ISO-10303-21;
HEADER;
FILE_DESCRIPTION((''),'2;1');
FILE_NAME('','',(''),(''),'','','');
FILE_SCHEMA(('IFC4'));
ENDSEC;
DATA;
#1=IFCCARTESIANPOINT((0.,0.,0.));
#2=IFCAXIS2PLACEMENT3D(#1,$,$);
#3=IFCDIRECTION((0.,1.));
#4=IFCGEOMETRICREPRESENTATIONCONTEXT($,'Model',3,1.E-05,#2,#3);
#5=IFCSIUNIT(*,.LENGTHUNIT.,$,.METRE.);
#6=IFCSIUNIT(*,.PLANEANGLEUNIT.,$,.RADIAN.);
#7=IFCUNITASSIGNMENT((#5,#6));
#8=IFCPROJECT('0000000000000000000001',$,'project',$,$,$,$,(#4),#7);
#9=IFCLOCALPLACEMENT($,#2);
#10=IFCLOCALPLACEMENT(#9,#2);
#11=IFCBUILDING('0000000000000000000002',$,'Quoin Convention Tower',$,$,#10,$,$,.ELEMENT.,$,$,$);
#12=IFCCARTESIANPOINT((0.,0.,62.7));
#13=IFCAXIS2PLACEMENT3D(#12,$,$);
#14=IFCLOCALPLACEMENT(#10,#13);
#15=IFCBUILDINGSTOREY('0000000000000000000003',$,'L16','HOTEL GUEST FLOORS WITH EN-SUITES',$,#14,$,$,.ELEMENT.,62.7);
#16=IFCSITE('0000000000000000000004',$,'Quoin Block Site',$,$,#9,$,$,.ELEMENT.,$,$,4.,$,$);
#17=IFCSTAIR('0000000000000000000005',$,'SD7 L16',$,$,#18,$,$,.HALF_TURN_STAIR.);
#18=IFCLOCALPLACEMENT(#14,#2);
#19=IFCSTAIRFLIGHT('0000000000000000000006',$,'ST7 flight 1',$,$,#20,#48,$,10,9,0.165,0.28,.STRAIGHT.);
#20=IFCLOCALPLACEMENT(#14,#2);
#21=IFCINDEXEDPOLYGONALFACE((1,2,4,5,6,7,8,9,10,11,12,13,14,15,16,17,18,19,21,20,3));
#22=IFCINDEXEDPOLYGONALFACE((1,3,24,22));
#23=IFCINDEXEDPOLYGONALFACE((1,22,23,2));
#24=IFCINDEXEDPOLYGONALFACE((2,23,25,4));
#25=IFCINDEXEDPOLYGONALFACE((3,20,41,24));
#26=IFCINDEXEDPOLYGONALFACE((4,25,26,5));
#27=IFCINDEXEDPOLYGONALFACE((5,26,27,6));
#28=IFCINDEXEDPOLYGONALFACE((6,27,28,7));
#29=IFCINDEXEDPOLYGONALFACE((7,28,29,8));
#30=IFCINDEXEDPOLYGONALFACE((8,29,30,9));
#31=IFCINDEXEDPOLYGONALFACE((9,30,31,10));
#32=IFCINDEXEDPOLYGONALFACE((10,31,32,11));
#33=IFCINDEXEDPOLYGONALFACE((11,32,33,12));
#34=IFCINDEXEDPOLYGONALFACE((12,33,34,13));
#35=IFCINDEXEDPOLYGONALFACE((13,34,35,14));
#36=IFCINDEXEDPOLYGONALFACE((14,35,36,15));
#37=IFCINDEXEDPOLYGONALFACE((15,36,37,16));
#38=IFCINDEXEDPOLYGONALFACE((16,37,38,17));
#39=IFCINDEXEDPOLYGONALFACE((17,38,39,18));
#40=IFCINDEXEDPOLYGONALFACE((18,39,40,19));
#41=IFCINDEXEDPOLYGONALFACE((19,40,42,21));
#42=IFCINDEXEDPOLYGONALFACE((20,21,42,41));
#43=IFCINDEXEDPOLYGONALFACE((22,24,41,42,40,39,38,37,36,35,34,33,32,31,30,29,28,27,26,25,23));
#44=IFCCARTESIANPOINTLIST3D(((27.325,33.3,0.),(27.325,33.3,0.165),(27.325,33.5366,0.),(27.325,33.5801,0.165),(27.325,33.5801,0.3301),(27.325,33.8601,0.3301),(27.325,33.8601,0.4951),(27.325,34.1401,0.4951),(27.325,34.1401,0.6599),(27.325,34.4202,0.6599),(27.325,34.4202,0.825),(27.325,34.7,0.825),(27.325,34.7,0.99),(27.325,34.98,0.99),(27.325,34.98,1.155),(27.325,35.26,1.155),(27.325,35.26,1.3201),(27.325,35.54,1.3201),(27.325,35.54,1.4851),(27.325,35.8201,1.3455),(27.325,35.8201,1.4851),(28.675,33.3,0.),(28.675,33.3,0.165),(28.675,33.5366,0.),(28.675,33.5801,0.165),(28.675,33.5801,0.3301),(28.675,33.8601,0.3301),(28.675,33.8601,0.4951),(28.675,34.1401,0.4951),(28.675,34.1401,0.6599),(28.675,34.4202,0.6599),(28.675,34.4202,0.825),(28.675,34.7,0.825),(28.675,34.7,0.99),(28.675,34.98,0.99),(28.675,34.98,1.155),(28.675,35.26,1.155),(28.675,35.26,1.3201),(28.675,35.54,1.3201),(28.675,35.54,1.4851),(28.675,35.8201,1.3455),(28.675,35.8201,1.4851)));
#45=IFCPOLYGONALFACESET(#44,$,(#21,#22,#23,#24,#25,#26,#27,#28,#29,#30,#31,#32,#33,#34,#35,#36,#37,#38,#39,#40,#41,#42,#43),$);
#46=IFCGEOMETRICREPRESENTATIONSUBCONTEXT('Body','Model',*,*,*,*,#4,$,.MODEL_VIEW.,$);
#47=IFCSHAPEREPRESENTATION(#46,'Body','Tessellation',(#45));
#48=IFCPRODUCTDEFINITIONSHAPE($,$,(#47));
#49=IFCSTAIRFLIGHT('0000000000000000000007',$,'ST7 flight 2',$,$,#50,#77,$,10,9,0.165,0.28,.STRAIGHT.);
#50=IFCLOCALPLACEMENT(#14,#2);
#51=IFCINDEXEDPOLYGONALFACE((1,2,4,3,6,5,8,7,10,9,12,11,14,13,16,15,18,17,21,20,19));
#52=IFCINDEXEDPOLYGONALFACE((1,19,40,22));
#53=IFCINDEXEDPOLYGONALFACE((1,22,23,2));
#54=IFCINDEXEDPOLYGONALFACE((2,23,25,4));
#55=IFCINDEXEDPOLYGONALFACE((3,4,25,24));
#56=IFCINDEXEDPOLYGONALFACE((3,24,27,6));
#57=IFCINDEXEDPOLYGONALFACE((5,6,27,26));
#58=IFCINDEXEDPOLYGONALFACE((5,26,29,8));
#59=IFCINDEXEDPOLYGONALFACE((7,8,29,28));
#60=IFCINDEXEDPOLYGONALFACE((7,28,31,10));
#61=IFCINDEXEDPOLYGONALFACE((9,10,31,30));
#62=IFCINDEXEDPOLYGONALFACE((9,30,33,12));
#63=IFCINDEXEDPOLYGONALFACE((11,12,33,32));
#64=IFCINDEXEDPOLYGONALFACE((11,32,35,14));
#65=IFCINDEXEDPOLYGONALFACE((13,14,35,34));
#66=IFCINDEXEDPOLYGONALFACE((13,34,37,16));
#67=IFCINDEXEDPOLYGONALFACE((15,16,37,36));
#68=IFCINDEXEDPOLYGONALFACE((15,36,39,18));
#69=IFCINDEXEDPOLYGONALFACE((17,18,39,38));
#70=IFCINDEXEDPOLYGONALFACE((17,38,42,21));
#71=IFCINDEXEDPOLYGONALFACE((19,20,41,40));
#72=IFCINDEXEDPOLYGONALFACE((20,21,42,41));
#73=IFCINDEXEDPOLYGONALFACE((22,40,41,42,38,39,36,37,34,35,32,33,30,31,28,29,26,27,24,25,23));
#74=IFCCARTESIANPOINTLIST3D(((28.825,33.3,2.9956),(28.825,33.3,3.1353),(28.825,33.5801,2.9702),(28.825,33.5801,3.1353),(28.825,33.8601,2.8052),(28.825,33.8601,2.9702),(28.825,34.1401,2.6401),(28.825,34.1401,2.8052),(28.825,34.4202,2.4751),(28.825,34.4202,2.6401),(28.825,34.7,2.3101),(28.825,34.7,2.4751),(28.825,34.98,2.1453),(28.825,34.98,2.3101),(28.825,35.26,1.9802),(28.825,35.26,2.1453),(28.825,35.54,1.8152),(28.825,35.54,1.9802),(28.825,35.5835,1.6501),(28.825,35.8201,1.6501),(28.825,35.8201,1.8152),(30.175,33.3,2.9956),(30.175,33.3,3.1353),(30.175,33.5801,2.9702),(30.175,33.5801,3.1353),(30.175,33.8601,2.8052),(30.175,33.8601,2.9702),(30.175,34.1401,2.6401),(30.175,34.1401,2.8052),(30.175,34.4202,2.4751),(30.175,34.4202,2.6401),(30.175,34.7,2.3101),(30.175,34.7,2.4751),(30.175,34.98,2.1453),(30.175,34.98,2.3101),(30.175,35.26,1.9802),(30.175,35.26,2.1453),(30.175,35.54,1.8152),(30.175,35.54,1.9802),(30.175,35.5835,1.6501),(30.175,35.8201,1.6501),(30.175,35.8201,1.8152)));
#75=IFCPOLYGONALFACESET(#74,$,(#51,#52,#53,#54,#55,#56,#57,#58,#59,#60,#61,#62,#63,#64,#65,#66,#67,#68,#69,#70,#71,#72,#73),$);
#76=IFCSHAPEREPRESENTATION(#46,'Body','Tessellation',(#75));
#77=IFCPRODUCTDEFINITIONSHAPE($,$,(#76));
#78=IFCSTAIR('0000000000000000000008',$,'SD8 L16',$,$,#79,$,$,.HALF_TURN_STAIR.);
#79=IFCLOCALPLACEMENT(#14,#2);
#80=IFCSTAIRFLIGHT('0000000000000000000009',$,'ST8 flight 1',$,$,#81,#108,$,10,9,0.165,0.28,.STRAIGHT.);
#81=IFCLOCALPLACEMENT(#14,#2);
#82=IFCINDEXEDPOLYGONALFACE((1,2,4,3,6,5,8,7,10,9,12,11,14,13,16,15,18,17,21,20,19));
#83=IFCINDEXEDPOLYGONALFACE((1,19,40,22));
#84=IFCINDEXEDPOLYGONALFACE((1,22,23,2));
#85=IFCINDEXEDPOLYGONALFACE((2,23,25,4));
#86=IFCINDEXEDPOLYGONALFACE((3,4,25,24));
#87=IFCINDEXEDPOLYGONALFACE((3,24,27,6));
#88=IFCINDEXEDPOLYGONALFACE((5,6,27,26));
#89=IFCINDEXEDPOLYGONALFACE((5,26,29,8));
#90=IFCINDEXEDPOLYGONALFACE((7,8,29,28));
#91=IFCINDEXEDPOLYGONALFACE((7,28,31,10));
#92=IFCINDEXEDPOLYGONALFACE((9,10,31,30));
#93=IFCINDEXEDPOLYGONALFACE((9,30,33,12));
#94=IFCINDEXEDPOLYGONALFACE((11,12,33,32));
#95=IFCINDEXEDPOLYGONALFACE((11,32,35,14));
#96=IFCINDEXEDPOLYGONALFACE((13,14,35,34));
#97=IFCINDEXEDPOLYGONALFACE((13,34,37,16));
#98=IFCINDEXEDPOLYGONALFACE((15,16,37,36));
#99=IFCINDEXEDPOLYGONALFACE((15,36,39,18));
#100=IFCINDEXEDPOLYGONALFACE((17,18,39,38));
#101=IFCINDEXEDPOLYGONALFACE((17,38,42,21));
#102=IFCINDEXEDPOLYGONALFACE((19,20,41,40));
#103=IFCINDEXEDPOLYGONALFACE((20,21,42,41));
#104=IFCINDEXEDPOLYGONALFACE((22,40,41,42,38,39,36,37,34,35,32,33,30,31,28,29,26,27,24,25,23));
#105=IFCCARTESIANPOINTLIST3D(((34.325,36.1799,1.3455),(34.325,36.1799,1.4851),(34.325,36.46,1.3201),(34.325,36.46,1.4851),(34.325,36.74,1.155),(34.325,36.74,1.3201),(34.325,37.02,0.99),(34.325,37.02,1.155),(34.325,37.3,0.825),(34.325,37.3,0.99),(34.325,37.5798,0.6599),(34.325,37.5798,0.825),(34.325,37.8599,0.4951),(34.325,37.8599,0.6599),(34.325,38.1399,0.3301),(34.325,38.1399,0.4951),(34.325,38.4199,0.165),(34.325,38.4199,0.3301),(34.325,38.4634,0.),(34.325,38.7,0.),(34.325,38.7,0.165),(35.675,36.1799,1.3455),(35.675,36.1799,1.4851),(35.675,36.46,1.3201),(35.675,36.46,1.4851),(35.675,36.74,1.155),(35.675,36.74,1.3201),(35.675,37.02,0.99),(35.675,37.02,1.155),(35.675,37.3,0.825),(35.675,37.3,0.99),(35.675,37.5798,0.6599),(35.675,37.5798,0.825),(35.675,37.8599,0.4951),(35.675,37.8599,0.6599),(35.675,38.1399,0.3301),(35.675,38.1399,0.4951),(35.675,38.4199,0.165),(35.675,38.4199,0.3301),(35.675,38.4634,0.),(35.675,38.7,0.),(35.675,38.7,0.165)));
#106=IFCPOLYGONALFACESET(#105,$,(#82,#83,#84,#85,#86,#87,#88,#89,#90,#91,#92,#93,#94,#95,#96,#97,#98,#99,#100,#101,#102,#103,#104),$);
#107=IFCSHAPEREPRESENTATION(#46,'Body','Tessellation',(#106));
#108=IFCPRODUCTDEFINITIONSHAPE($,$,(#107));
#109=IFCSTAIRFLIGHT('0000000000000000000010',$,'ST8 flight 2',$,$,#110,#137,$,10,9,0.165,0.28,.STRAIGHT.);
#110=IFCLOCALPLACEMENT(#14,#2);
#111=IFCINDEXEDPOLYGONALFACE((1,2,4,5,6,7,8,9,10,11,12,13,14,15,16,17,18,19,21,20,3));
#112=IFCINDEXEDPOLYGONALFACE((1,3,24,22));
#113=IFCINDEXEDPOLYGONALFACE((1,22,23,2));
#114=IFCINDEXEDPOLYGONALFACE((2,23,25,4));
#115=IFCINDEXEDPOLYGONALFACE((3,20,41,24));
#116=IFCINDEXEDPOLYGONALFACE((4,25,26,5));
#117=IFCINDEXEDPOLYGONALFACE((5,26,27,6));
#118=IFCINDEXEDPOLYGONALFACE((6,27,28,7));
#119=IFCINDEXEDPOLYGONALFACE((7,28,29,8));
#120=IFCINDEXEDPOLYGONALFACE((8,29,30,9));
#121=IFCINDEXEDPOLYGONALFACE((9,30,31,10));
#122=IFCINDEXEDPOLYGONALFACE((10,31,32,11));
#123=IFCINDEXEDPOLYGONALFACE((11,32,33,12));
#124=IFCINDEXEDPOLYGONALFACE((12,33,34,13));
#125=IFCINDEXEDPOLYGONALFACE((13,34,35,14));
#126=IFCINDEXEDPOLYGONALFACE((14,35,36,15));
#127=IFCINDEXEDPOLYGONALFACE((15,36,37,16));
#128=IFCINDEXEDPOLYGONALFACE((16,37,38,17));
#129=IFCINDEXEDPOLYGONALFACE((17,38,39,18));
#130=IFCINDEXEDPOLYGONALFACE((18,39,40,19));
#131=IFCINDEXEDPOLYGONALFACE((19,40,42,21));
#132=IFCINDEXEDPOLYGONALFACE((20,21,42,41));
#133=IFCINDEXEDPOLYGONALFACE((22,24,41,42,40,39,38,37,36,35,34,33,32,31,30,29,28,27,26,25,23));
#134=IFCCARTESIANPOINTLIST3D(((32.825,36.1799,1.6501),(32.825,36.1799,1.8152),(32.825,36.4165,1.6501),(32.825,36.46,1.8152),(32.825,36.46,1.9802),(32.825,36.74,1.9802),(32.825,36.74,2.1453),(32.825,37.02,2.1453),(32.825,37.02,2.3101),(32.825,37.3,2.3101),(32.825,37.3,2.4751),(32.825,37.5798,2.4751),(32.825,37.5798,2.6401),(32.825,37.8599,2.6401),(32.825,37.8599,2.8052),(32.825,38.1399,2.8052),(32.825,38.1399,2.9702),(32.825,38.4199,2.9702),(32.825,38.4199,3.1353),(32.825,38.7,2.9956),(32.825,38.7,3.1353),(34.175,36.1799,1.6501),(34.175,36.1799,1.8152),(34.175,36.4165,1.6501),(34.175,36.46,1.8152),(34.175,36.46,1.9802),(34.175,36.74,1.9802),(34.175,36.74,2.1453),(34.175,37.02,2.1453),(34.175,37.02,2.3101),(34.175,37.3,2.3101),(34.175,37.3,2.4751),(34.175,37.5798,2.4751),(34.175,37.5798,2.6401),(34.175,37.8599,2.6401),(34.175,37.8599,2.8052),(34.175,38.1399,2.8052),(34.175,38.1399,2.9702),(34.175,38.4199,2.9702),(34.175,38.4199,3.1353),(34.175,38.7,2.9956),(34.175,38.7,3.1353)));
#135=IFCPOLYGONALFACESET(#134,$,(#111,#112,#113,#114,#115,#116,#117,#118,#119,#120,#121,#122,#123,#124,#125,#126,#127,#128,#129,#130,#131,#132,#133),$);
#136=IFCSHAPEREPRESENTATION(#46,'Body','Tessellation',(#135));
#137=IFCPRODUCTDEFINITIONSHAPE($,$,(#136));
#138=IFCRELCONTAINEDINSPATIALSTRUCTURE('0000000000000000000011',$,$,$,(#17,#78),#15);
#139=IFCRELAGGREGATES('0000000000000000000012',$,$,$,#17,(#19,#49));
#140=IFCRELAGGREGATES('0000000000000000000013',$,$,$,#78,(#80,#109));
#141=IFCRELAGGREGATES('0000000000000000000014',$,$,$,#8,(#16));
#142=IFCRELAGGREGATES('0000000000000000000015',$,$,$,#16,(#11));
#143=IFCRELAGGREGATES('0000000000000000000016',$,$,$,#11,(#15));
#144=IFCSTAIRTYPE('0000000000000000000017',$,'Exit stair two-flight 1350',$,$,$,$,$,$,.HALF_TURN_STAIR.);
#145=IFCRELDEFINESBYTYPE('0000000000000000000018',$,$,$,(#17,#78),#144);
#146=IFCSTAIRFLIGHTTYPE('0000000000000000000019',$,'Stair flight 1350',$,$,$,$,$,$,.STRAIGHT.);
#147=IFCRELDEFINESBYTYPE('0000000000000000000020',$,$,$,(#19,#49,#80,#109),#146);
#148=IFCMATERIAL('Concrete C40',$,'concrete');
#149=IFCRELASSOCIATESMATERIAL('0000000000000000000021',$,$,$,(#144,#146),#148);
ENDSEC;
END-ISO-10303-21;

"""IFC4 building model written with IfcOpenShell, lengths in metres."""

from ifc_helpers import new_model, si_unit, direction, frame, origin, place, context, subcontext, project, spatial, polyline, outline, extrude, material, type_object, element, aggregate, save


model = new_model("IFC4")

# Units and contexts
model_context = context("Model", 3, precision=1e-05, world=origin(), true_north=direction((0.0, 1.0)))
body_context = subcontext(model_context, "Body", "Model", "MODEL_VIEW")
ifc_project = project(units=[si_unit("LENGTHUNIT", "METRE"), si_unit("PLANEANGLEUNIT", "RADIAN")], contexts=[model_context])

# Site, building, storey
site_placement = place(None, origin())
site = spatial("IfcSite", under=ifc_project, at=site_placement, Name="Quoin Block Site", CompositionType="ELEMENT", RefElevation=4.0)
building_placement = place(site_placement, origin())
building = spatial("IfcBuilding", under=site, at=building_placement, Name="Quoin Convention Tower", CompositionType="ELEMENT")
storey_placement = place(building_placement, frame((0.0, 0.0, 62.7)))
storey = spatial("IfcBuildingStorey", under=building, at=storey_placement, Name="L16", Description="HOTEL GUEST FLOORS WITH EN-SUITES", CompositionType="ELEMENT", Elevation=62.7)

# Shared definitions
ifc_material_1 = material(Name="Concrete C40", Category="concrete")
stair_type = type_object("IfcStairType", Name="Exit stair two-flight 1350", PredefinedType="HALF_TURN_STAIR", material=ifc_material_1)
stair_flight_type = type_object("IfcStairFlightType", Name="Stair flight 1350", PredefinedType="STRAIGHT", material=ifc_material_1)

# Stairs, stair flights
stair_1_placement = place(storey_placement, origin())
stair_1 = element("IfcStair", 1, at=stair_1_placement, inside=storey, type_object=stair_type, Name="SD7 L16", PredefinedType="HALF_TURN_STAIR")
stair_flight_1_placement = place(storey_placement, frame((28.0, 33.3, 0.0), z_axis=(0.0, 0.0, 1.0), x_axis=(0.0, 1.0, 0.0)))
stair_flight_1 = element("IfcStairFlight", 2, at=stair_flight_1_placement, type_object=stair_flight_type, Name="ST7 flight 1", NumberOfRisers=10, NumberOfTreads=9, PredefinedType="STRAIGHT", RiserHeight=0.165, TreadLength=0.28, context=body_context, shape_type="SweptSolid", body=[
    extrude(outline(polyline([(0.0, 0.0), (0.0, 0.165), (0.28, 0.165), (0.28, 0.3301), (0.5601, 0.3301), (0.5601, 0.4951), (0.8401, 0.4951), (0.8401, 0.6599), (1.1201, 0.6599), (1.1201, 0.825), (1.3999, 0.825), (1.3999, 0.99), (1.6799, 0.99), (1.6799, 1.155), (1.96, 1.155), (1.96, 1.3201), (2.24, 1.3201), (2.24, 1.4851), (2.52, 1.4851), (2.52, 1.6499), (2.52, 1.3455), (0.2366, 0.0), (0.0, 0.0)])), frame((0.0, 0.675, 0.0), z_axis=(0.0, -1.0, 0.0), x_axis=(1.0, 0.0, 0.0)), (0.0, 0.0, 1.0), 1.3501),
])
stair_flight_2_placement = place(storey_placement, frame((29.5, 35.8201, 1.6501), z_axis=(0.0, 0.0, 1.0), x_axis=(0.0, -1.0, 0.0)))
stair_flight_2 = element("IfcStairFlight", 3, at=stair_flight_2_placement, type_object=stair_flight_type, Name="ST7 flight 2", NumberOfRisers=10, NumberOfTreads=9, PredefinedType="STRAIGHT", RiserHeight=0.165, TreadLength=0.28, context=body_context, shape_type="SweptSolid", body=[
    extrude(outline(polyline([(0.0, 0.0), (0.0, 0.165), (0.28, 0.165), (0.28, 0.3301), (0.5601, 0.3301), (0.5601, 0.4951), (0.8401, 0.4951), (0.8401, 0.6599), (1.1201, 0.6599), (1.1201, 0.825), (1.3999, 0.825), (1.3999, 0.99), (1.6799, 0.99), (1.6799, 1.155), (1.96, 1.155), (1.96, 1.3201), (2.24, 1.3201), (2.24, 1.4851), (2.52, 1.4851), (2.52, 1.6499), (2.52, 1.3455), (0.2366, 0.0), (0.0, 0.0)])), frame((0.0, 0.675, 0.0), z_axis=(0.0, -1.0, 0.0), x_axis=(1.0, 0.0, 0.0)), (0.0, 0.0, 1.0), 1.3501),
])
aggregate(stair_1, [stair_flight_1, stair_flight_2])
stair_2_placement = place(storey_placement, origin())
stair_2 = element("IfcStair", 4, at=stair_2_placement, inside=storey, type_object=stair_type, Name="SD8 L16", PredefinedType="HALF_TURN_STAIR")
stair_flight_3_placement = place(storey_placement, frame((35.0, 38.7, 0.0), z_axis=(0.0, 0.0, 1.0), x_axis=(0.0, -1.0, 0.0)))
stair_flight_3 = element("IfcStairFlight", 5, at=stair_flight_3_placement, type_object=stair_flight_type, Name="ST8 flight 1", NumberOfRisers=10, NumberOfTreads=9, PredefinedType="STRAIGHT", RiserHeight=0.165, TreadLength=0.28, context=body_context, shape_type="SweptSolid", body=[
    extrude(outline(polyline([(0.0, 0.0), (0.0, 0.165), (0.28, 0.165), (0.28, 0.3301), (0.5601, 0.3301), (0.5601, 0.4951), (0.8401, 0.4951), (0.8401, 0.6599), (1.1201, 0.6599), (1.1201, 0.825), (1.3999, 0.825), (1.3999, 0.99), (1.6799, 0.99), (1.6799, 1.155), (1.96, 1.155), (1.96, 1.3201), (2.24, 1.3201), (2.24, 1.4851), (2.52, 1.4851), (2.52, 1.6499), (2.52, 1.3455), (0.2366, 0.0), (0.0, 0.0)])), frame((0.0, 0.675, 0.0), z_axis=(0.0, -1.0, 0.0), x_axis=(1.0, 0.0, 0.0)), (0.0, 0.0, 1.0), 1.3501),
])
stair_flight_4_placement = place(storey_placement, frame((33.5, 36.1799, 1.6501), z_axis=(0.0, 0.0, 1.0), x_axis=(0.0, 1.0, 0.0)))
stair_flight_4 = element("IfcStairFlight", 6, at=stair_flight_4_placement, type_object=stair_flight_type, Name="ST8 flight 2", NumberOfRisers=10, NumberOfTreads=9, PredefinedType="STRAIGHT", RiserHeight=0.165, TreadLength=0.28, context=body_context, shape_type="SweptSolid", body=[
    extrude(outline(polyline([(0.0, 0.0), (0.0, 0.165), (0.28, 0.165), (0.28, 0.3301), (0.5601, 0.3301), (0.5601, 0.4951), (0.8401, 0.4951), (0.8401, 0.6599), (1.1201, 0.6599), (1.1201, 0.825), (1.3999, 0.825), (1.3999, 0.99), (1.6799, 0.99), (1.6799, 1.155), (1.96, 1.155), (1.96, 1.3201), (2.24, 1.3201), (2.24, 1.4851), (2.52, 1.4851), (2.52, 1.6499), (2.52, 1.3455), (0.2366, 0.0), (0.0, 0.0)])), frame((0.0, 0.675, 0.0), z_axis=(0.0, -1.0, 0.0), x_axis=(1.0, 0.0, 0.0)), (0.0, 0.0, 1.0), 1.3501),
])
aggregate(stair_2, [stair_flight_3, stair_flight_4])

save(model, "model.ifc")
